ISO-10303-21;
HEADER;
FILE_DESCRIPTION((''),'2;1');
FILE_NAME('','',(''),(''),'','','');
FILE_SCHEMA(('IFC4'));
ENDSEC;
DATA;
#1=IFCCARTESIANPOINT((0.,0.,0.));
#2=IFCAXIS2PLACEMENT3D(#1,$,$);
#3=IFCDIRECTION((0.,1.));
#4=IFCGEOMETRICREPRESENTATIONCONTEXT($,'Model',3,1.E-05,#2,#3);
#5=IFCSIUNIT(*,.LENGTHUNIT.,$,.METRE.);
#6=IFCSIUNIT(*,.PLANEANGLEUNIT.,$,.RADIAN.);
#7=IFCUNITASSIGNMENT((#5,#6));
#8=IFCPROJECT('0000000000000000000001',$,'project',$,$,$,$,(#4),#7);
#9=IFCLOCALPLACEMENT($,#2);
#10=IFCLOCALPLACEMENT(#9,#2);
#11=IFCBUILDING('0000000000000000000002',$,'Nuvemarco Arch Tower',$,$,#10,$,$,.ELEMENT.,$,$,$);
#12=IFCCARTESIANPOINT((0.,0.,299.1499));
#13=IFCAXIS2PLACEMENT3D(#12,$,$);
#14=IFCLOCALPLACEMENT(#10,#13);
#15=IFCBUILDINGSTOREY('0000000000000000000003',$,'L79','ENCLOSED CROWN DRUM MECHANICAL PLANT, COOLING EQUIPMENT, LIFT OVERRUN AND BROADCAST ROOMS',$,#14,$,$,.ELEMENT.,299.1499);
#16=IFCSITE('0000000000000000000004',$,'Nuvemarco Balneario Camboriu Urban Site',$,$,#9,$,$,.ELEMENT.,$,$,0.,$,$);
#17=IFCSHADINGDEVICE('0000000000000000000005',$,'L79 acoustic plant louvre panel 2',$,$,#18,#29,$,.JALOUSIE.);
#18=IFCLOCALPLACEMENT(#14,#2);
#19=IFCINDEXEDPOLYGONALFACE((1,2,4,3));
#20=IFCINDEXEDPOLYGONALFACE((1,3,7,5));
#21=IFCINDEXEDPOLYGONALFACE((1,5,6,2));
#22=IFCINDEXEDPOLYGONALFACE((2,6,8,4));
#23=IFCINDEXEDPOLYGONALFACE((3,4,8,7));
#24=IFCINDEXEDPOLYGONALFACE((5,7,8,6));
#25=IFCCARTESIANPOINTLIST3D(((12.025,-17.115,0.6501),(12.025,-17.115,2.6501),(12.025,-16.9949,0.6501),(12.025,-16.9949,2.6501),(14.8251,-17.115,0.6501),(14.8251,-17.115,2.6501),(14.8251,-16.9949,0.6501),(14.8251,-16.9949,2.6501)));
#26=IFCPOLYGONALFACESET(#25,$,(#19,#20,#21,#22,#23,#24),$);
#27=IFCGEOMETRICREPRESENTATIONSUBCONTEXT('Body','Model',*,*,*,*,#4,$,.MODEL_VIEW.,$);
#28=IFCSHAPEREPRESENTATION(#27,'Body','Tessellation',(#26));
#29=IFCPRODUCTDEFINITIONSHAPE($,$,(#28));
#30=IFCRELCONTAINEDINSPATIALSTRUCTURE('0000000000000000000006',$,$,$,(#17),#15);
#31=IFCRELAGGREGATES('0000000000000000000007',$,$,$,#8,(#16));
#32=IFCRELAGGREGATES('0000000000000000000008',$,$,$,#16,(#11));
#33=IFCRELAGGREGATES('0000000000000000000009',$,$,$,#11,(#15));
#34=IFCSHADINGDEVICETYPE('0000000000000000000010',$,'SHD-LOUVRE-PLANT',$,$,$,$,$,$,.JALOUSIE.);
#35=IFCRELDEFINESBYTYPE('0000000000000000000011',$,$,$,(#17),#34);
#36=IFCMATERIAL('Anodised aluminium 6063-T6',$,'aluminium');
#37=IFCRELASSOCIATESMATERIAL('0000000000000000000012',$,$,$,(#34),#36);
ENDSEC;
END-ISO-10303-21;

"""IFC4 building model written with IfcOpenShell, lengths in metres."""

from ifc_helpers import new_model, si_unit, direction, frame, origin, origin_2d, place, context, subcontext, project, spatial, rectangle, extrude, source, transform, mapped, material, type_object, type_shapes, element, save


model = new_model("IFC4")

# Units and contexts
model_context = context("Model", 3, precision=1e-05, world=origin(), true_north=direction((0.0, 1.0)))
body_context = subcontext(model_context, "Body", "Model", "MODEL_VIEW")
ifc_project = project(units=[si_unit("LENGTHUNIT", "METRE"), si_unit("PLANEANGLEUNIT", "RADIAN")], contexts=[model_context])

# Site, building, storey
site_placement = place(None, origin())
site = spatial("IfcSite", under=ifc_project, at=site_placement, Name="Nuvemarco Balneario Camboriu Urban Site", CompositionType="ELEMENT", RefElevation=0.0)
building_placement = place(site_placement, origin())
building = spatial("IfcBuilding", under=site, at=building_placement, Name="Nuvemarco Arch Tower", CompositionType="ELEMENT")
storey_placement = place(building_placement, frame((0.0, 0.0, 299.1499)))
storey = spatial("IfcBuildingStorey", under=building, at=storey_placement, Name="L79", Description="ENCLOSED CROWN DRUM MECHANICAL PLANT, COOLING EQUIPMENT, LIFT OVERRUN AND BROADCAST ROOMS", CompositionType="ELEMENT", Elevation=299.1499)

# Shading device
ifc_material_1 = material(Name="Anodised aluminium 6063-T6", Category="aluminium")
shading_device_type = type_object("IfcShadingDeviceType", Name="SHD-LOUVRE-PLANT", PredefinedType="JALOUSIE", material=ifc_material_1)
shared_shape_1 = source(origin(), body_context, "Body", "SweptSolid", [
    extrude(rectangle(XDim=2.8, YDim=0.1201, at=origin_2d()), origin(), (0.0, 0.0, 1.0), 2.0),
])
type_shapes(shading_device_type, [shared_shape_1])
shading_device_placement = place(storey_placement, frame((13.425, -17.0549, 0.6501), z_axis=(0.0, 0.0, 1.0), x_axis=(1.0, 0.0, 0.0)))
element("IfcShadingDevice", 1, at=shading_device_placement, inside=storey, type_object=shading_device_type, Name="L79 acoustic plant louvre panel 2", PredefinedType="JALOUSIE", context=body_context, shape_type="MappedRepresentation", body=[
    mapped(shared_shape_1, transform((0.0, 0.0, 0.0), scale=1.0)),
])

save(model, "model.ifc")
